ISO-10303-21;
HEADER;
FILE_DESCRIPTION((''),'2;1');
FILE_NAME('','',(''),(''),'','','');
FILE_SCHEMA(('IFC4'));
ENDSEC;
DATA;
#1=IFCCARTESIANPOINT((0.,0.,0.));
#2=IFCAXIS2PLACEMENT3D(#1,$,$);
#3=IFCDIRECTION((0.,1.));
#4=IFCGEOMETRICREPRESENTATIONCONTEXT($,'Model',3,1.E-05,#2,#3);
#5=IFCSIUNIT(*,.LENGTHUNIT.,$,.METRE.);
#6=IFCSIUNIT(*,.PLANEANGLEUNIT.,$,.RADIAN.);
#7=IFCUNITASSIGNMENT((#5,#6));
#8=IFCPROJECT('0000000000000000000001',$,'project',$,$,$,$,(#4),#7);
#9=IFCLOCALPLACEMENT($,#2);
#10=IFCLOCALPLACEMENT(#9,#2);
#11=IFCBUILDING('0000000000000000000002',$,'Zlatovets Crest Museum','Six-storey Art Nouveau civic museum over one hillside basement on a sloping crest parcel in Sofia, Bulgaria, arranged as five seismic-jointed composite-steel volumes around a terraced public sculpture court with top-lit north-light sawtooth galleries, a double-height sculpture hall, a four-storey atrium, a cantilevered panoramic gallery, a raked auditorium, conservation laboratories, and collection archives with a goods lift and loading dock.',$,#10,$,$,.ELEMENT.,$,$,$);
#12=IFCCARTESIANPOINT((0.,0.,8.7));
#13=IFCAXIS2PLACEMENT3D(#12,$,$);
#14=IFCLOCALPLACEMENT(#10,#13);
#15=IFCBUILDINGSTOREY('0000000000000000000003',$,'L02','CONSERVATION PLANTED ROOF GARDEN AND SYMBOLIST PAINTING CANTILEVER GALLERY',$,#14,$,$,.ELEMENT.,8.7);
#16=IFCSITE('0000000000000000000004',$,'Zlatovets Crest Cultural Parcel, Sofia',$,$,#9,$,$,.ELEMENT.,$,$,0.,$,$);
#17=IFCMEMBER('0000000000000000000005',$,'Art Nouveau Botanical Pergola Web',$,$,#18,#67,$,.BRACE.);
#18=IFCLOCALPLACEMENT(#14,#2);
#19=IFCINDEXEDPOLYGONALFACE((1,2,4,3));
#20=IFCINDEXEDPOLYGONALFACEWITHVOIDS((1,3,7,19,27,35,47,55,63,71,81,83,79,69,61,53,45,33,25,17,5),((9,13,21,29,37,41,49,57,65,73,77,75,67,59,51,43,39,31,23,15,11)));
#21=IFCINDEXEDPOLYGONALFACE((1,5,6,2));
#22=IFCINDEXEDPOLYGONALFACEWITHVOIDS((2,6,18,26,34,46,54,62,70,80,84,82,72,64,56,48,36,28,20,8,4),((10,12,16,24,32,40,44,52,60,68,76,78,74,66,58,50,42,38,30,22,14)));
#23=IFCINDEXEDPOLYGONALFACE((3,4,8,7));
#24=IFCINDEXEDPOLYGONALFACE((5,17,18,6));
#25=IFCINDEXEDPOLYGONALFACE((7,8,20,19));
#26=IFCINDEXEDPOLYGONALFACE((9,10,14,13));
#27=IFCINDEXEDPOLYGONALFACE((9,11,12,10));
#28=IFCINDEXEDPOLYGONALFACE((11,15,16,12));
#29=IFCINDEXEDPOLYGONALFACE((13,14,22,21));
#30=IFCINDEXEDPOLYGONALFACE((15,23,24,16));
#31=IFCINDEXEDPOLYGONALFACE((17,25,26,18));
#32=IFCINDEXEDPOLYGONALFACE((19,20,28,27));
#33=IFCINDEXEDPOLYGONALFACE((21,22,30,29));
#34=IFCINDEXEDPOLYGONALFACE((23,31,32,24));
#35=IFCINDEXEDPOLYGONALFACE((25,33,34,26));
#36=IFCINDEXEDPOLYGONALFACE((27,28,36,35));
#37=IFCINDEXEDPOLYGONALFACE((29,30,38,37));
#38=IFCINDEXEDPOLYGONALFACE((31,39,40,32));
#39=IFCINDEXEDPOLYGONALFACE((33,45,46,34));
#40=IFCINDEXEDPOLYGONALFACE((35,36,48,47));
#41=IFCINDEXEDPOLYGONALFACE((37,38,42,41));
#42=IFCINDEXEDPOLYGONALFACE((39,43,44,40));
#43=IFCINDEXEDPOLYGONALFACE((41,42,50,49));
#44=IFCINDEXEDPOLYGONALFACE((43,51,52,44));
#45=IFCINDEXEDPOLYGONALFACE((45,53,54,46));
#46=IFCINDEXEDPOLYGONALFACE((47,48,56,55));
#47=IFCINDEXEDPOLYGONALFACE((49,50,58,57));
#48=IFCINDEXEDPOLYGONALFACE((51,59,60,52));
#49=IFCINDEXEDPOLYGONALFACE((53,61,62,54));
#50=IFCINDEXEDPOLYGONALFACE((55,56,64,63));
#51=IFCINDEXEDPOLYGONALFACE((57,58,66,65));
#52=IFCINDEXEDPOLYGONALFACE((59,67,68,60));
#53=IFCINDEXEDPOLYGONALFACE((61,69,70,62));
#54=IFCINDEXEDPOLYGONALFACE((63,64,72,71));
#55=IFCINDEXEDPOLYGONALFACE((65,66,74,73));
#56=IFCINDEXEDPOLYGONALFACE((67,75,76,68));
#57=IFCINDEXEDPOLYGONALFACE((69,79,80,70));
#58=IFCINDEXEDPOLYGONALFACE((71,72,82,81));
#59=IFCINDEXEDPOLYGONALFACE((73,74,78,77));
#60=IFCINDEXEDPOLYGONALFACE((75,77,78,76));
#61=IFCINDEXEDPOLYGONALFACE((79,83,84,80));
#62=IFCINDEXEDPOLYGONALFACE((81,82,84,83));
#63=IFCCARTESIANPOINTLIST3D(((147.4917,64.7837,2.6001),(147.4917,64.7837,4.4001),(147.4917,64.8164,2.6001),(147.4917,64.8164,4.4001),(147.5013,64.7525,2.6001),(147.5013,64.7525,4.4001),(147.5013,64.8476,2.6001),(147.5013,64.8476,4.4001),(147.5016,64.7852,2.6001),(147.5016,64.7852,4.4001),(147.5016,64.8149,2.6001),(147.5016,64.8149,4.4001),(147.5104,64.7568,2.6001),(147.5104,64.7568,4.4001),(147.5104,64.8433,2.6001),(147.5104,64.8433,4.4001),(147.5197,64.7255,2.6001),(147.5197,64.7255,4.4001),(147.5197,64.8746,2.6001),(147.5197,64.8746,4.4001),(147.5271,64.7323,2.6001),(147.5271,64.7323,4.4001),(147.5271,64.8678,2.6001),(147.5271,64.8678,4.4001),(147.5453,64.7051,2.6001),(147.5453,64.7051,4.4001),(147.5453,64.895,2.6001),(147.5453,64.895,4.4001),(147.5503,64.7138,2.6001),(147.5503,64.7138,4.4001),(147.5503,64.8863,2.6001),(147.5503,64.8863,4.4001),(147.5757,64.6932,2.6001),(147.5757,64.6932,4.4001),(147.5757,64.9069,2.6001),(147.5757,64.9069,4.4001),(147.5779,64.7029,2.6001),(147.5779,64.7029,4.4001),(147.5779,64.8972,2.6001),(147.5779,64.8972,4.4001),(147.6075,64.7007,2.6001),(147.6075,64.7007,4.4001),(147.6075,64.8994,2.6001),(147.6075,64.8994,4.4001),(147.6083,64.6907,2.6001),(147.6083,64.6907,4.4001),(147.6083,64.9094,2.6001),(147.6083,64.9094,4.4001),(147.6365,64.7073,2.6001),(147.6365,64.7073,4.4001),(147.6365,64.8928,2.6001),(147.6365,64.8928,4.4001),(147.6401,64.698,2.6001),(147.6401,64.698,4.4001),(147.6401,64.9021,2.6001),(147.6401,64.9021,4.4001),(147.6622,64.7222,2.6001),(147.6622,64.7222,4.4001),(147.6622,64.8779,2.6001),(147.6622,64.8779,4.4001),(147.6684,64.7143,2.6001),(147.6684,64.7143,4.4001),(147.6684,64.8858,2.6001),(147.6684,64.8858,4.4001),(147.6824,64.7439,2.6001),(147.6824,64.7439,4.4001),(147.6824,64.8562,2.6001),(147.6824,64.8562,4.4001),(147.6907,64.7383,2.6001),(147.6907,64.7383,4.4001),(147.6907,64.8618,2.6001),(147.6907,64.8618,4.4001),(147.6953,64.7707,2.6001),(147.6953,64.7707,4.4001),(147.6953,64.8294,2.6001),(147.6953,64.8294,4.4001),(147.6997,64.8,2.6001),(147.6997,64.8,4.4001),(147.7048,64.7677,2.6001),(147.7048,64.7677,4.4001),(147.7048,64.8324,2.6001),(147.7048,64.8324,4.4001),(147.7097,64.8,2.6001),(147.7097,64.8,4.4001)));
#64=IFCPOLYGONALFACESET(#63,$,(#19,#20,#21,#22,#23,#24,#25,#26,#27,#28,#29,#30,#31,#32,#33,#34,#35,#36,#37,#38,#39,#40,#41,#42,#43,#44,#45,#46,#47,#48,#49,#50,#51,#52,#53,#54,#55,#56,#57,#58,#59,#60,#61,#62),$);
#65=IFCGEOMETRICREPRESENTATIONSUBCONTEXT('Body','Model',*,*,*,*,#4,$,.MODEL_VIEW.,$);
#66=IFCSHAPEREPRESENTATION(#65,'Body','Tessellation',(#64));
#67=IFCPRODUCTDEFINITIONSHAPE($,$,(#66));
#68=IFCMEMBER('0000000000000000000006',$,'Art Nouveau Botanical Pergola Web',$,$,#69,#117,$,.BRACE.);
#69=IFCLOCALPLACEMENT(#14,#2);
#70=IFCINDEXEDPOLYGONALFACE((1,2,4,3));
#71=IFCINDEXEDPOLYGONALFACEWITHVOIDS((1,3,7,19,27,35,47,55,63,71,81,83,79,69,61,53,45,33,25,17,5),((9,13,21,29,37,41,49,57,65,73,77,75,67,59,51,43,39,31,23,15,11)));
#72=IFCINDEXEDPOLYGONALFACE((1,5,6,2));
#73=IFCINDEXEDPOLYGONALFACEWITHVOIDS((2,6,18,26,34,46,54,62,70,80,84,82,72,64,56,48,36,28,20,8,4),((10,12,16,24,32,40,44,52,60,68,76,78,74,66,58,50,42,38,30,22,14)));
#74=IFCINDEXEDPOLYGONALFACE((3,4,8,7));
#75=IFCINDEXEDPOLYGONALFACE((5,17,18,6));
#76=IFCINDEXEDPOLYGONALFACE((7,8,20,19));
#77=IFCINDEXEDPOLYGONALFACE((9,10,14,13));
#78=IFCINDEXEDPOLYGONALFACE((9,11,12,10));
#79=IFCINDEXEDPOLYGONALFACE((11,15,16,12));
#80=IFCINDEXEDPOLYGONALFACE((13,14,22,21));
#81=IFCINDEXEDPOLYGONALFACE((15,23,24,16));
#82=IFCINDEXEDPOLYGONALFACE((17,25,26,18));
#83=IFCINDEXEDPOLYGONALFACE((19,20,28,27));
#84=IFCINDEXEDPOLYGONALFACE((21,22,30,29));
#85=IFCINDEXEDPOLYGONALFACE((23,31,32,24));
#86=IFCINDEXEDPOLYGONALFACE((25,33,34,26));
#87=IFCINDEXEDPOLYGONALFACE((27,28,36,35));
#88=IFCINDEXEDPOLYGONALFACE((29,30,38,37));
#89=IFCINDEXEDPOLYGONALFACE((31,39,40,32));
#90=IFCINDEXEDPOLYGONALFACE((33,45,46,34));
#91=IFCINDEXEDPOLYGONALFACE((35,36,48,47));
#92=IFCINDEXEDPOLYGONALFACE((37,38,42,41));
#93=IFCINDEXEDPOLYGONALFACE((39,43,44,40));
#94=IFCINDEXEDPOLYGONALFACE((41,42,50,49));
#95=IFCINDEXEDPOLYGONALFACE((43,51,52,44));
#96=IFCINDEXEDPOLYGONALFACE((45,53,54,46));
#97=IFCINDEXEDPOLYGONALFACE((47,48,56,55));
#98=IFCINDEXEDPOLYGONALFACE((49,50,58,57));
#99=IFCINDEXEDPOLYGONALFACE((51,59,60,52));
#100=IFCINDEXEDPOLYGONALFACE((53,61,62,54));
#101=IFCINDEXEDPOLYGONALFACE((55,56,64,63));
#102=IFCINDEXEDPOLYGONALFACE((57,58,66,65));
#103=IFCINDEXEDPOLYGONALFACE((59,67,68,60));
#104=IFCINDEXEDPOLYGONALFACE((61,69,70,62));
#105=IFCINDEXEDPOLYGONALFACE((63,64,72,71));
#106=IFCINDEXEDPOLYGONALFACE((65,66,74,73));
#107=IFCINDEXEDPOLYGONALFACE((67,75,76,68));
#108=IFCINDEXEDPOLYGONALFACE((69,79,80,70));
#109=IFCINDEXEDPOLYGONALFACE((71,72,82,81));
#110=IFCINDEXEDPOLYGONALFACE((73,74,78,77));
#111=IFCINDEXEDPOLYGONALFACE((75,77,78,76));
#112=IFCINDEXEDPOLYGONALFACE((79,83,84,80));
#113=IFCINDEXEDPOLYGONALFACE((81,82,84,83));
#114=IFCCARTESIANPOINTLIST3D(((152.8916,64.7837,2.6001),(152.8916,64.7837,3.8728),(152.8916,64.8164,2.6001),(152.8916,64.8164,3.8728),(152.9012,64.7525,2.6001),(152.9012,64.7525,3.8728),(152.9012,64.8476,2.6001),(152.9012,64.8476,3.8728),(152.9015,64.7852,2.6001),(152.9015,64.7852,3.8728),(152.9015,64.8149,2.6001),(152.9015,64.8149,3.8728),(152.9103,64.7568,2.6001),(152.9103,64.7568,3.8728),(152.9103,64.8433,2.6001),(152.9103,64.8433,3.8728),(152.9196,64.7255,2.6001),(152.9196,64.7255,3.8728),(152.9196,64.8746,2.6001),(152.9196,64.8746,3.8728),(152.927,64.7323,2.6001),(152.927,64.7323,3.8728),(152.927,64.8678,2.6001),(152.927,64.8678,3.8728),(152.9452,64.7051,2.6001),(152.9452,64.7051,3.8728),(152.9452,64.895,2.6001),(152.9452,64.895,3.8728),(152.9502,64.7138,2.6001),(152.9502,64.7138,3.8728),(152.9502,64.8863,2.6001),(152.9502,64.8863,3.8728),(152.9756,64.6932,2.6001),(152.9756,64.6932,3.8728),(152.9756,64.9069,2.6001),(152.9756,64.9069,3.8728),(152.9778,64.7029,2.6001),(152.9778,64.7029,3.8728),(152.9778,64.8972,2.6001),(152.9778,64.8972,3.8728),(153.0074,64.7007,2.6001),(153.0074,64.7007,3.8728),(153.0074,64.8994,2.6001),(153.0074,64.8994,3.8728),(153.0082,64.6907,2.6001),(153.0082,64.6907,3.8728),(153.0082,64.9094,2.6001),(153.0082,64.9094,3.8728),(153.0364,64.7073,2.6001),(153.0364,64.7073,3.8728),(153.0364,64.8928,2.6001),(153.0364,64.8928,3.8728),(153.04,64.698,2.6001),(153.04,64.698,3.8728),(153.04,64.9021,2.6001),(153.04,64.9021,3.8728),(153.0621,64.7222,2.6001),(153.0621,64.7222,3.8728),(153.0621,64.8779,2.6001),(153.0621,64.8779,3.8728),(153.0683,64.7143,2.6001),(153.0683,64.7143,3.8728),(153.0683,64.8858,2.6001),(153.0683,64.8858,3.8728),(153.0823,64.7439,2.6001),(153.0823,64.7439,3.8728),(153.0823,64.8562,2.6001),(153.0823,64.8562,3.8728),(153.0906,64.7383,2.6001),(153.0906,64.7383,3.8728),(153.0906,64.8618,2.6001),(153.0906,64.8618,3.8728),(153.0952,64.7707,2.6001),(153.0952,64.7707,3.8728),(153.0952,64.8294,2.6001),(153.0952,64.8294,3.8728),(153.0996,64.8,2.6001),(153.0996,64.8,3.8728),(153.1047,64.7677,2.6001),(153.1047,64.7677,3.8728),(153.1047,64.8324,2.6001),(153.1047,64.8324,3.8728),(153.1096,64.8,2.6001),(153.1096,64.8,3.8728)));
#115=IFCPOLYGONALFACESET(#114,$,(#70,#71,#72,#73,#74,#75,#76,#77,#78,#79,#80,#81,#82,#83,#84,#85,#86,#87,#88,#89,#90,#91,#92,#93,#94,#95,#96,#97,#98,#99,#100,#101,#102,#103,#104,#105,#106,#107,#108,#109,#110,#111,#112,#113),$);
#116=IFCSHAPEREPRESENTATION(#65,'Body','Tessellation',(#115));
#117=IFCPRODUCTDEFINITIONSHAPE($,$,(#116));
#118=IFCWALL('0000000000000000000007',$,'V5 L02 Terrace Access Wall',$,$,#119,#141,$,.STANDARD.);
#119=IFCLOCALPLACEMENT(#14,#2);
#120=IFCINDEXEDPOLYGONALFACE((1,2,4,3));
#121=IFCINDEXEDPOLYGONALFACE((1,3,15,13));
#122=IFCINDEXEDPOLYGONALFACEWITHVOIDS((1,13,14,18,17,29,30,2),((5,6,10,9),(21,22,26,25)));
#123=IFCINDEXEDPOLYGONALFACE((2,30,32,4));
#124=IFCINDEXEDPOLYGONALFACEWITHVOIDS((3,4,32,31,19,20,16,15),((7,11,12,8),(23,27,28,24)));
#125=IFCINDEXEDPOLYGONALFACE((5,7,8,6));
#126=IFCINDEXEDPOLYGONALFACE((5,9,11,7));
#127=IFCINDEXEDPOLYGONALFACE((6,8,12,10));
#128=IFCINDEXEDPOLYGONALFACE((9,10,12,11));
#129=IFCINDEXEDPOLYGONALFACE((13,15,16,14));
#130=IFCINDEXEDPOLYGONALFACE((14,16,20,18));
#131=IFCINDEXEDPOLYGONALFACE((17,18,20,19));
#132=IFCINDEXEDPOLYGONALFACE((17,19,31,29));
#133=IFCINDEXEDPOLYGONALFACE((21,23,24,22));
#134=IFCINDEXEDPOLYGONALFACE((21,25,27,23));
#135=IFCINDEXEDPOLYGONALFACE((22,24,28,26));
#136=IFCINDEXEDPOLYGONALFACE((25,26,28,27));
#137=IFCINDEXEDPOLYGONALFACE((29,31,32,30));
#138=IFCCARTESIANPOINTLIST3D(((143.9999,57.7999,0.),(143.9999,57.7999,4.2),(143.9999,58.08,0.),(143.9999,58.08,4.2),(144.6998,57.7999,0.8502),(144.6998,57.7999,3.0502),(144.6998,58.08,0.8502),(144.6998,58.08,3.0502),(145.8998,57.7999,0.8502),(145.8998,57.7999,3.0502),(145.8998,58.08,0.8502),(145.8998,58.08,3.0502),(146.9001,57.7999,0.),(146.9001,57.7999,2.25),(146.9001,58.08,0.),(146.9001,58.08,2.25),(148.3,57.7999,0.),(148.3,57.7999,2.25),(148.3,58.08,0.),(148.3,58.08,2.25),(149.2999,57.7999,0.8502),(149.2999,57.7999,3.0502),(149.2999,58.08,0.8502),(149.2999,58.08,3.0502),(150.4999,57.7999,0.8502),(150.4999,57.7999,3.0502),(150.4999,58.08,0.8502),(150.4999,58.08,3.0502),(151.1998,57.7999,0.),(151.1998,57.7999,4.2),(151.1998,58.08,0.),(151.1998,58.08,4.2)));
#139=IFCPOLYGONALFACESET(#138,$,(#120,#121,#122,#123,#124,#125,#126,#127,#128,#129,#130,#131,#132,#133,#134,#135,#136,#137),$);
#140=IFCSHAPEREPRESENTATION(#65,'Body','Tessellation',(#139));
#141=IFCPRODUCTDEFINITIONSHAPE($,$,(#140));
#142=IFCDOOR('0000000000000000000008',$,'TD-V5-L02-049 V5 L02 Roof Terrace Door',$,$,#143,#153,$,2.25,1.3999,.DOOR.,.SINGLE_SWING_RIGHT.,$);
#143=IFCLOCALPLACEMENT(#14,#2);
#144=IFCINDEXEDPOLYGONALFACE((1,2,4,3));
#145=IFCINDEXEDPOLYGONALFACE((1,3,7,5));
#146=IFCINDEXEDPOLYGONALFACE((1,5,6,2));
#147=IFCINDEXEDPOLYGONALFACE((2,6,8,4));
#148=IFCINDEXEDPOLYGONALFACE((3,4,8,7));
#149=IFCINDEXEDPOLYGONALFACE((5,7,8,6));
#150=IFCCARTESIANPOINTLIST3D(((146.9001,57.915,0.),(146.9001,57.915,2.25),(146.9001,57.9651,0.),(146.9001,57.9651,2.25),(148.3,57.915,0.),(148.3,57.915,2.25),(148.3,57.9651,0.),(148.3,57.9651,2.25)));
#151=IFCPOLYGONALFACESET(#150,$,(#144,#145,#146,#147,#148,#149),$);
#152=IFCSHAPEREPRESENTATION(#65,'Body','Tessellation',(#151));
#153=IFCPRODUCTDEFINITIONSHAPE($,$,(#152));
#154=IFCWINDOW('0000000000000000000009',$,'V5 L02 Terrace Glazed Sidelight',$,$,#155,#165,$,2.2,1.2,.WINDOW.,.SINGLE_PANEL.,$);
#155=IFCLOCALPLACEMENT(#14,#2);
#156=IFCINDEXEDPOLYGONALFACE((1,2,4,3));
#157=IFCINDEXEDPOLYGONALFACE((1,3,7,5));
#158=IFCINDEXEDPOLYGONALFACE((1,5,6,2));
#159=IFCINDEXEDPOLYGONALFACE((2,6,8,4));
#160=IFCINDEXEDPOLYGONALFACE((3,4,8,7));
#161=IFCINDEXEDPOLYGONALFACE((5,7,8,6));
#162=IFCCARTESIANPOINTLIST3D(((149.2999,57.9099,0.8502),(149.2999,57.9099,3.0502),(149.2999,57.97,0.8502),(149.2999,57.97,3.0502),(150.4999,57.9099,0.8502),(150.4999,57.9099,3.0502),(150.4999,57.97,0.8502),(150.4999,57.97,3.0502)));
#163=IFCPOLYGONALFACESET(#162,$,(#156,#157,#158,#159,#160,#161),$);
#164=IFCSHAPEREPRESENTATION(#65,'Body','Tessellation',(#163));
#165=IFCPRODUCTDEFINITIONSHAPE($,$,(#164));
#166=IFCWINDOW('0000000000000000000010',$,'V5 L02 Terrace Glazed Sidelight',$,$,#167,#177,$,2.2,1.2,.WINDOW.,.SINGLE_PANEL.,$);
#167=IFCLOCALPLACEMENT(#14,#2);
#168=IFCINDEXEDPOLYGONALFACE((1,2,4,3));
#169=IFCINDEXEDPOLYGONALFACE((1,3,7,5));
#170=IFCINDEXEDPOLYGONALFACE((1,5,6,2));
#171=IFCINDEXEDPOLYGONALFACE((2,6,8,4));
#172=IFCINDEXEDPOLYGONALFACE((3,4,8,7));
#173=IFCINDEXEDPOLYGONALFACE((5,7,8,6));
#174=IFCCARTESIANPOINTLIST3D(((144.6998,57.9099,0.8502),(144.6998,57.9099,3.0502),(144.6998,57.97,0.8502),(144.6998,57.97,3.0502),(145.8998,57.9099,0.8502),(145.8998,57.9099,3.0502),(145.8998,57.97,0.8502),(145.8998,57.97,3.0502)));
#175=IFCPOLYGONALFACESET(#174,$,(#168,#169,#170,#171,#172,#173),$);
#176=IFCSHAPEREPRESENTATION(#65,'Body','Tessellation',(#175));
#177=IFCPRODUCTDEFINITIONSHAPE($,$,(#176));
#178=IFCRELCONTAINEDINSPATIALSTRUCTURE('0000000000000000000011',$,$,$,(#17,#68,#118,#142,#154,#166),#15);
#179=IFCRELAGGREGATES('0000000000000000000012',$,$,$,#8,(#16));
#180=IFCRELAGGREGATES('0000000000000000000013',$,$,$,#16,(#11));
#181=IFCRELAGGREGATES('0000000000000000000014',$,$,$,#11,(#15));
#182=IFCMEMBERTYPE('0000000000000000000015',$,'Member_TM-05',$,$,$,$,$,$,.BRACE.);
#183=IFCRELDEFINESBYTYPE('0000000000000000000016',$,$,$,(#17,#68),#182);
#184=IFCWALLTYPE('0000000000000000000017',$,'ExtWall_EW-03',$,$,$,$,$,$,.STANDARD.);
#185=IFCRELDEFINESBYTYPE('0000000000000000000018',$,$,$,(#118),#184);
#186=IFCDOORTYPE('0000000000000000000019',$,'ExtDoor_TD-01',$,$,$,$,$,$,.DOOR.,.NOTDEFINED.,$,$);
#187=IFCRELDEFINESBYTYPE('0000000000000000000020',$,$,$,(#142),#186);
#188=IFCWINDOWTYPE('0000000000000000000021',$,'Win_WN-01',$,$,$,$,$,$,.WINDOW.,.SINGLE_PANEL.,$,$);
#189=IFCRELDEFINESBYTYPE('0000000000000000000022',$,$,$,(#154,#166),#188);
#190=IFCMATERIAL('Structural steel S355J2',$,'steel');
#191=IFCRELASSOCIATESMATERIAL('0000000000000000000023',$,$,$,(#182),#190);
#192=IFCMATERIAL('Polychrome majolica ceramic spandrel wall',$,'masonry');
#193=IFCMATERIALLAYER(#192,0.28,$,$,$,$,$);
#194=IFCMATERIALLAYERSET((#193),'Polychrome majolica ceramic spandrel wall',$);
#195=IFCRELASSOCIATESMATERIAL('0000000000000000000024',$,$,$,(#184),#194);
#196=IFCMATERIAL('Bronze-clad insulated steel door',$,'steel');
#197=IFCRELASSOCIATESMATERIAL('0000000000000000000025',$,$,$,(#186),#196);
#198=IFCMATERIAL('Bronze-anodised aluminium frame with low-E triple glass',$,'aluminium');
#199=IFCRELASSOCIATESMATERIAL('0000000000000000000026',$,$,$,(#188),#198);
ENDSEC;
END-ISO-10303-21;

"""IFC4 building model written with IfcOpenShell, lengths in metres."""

from ifc_helpers import new_model, si_unit, direction, frame, frame_2d, origin, origin_2d, place, context, subcontext, project, spatial, rectangle, hollow_circle, extrude, material, layer, layer_set, material_profile, profile_set, type_object, element, fill, save


model = new_model("IFC4")

# Units and contexts
model_context = context("Model", 3, precision=1e-05, world=origin(), true_north=direction((0.0, 1.0)))
body_context = subcontext(model_context, "Body", "Model", "MODEL_VIEW")
ifc_project = project(units=[si_unit("LENGTHUNIT", "METRE"), si_unit("PLANEANGLEUNIT", "RADIAN")], contexts=[model_context])

# Site, building, storey
site_placement = place(None, origin())
site = spatial("IfcSite", under=ifc_project, at=site_placement, Name="Zlatovets Crest Cultural Parcel, Sofia", CompositionType="ELEMENT", RefElevation=0.0)
building_placement = place(site_placement, origin())
building = spatial("IfcBuilding", under=site, at=building_placement, Name="Zlatovets Crest Museum", Description="Six-storey Art Nouveau civic museum over one hillside basement on a sloping crest parcel in Sofia, Bulgaria, arranged as five seismic-jointed composite-steel volumes around a terraced public sculpture court with top-lit north-light sawtooth galleries, a double-height sculpture hall, a four-storey atrium, a cantilevered panoramic gallery, a raked auditorium, conservation laboratories, and collection archives with a goods lift and loading dock.", CompositionType="ELEMENT")
storey_placement = place(building_placement, frame((0.0, 0.0, 8.7)))
storey = spatial("IfcBuildingStorey", under=building, at=storey_placement, Name="L02", Description="CONSERVATION PLANTED ROOF GARDEN AND SYMBOLIST PAINTING CANTILEVER GALLERY", CompositionType="ELEMENT", Elevation=8.7)

# Shared definitions
ifc_material_1 = material(Name="Structural steel S355J2", Category="steel")

# Members
ifc_material_profile_1 = material_profile(ifc_material_1, hollow_circle(Radius=0.1096, WallThickness=0.01, at=origin_2d()), Name="CHS 219.1x10.0")
ifc_profile_set_1 = profile_set([ifc_material_profile_1], Name="Structural steel S355J2")
member_type_1 = type_object("IfcMemberType", Name="Member_TM-05", PredefinedType="BRACE", material=ifc_profile_set_1)
member_1_placement = place(storey_placement, frame((147.6001, 64.8, 2.6001), z_axis=(0.0, 0.0, 1.0), x_axis=(1.0, 0.0, 0.0)))
element("IfcMember", 1, at=member_1_placement, inside=storey, type_object=member_type_1, Name="Art Nouveau Botanical Pergola Web", PredefinedType="BRACE", context=body_context, shape_type="SweptSolid", body=[
    extrude(hollow_circle(Radius=0.1096, WallThickness=0.01, at=origin_2d()), origin(), (0.0, 0.0, 1.0), 1.8),
])
member_2_placement = place(storey_placement, frame((153.0, 64.8, 2.6001), z_axis=(0.0, 0.0, 1.0), x_axis=(1.0, 0.0, 0.0)))
element("IfcMember", 2, at=member_2_placement, inside=storey, type_object=member_type_1, Name="Art Nouveau Botanical Pergola Web", PredefinedType="BRACE", context=body_context, shape_type="SweptSolid", body=[
    extrude(hollow_circle(Radius=0.1096, WallThickness=0.01, at=origin_2d()), origin(), (0.0, 0.0, 1.0), 1.2727),
])

# Wall, openings, door, windows
ifc_material_2 = material(Name="Polychrome majolica ceramic spandrel wall", Category="masonry")
ifc_layer = layer(ifc_material_2, 0.28)
ifc_layer_set = layer_set([ifc_layer], Name="Polychrome majolica ceramic spandrel wall")
wall_type = type_object("IfcWallType", Name="ExtWall_EW-03", PredefinedType="STANDARD", material=ifc_layer_set)
wall_1_placement = place(storey_placement, frame((151.2, 57.9399, 0.0), z_axis=(0.0, 0.0, 1.0), x_axis=(-1.0, 0.0, 0.0)))
wall_1 = element("IfcWall", 3, at=wall_1_placement, inside=storey, type_object=wall_type, Name="V5 L02 Terrace Access Wall", PredefinedType="STANDARD", context=body_context, shape_type="SweptSolid", body=[
    extrude(rectangle(XDim=7.2, YDim=0.28, at=frame_2d((3.6001, 0.0))), origin(), (0.0, 0.0, 1.0), 4.2),
])
opening_1_placement = place(wall_1_placement, frame((2.8999, 0.0, 0.0)))
opening_1 = element("IfcOpeningElement", 4, at=opening_1_placement, cuts=wall_1, PredefinedType="OPENING", context=body_context, shape_type="SweptSolid", body=[
    extrude(rectangle(XDim=1.3999, YDim=2.25, at=frame_2d((0.7, 1.125))), frame((0.0, 0.1499, 0.0), z_axis=(0.0, -1.0, 0.0), x_axis=(1.0, 0.0, 0.0)), (0.0, 0.0, 1.0), 0.3),
])
opening_2_placement = place(wall_1_placement, frame((0.7, 0.0, 0.8501)))
opening_2 = element("IfcOpeningElement", 5, at=opening_2_placement, cuts=wall_1, PredefinedType="OPENING", context=body_context, shape_type="SweptSolid", body=[
    extrude(rectangle(XDim=1.2, YDim=2.2, at=frame_2d((0.6001, 1.1001))), frame((0.0, 0.1499, 0.0), z_axis=(0.0, -1.0, 0.0), x_axis=(1.0, 0.0, 0.0)), (0.0, 0.0, 1.0), 0.3),
])
opening_3_placement = place(wall_1_placement, frame((5.3, 0.0, 0.8501)))
opening_3 = element("IfcOpeningElement", 6, at=opening_3_placement, cuts=wall_1, PredefinedType="OPENING", context=body_context, shape_type="SweptSolid", body=[
    extrude(rectangle(XDim=1.2, YDim=2.2, at=frame_2d((0.6001, 1.1001))), frame((0.0, 0.1499, 0.0), z_axis=(0.0, -1.0, 0.0), x_axis=(1.0, 0.0, 0.0)), (0.0, 0.0, 1.0), 0.3),
])
ifc_material_3 = material(Name="Bronze-clad insulated steel door", Category="steel")
door_type = type_object("IfcDoorType", Name="ExtDoor_TD-01", OperationType="NOTDEFINED", PredefinedType="DOOR", material=ifc_material_3)
door_1_placement = place(opening_1_placement, origin())
door_1 = element("IfcDoor", 7, at=door_1_placement, inside=storey, type_object=door_type, Name="TD-V5-L02-049 V5 L02 Roof Terrace Door", OperationType="SINGLE_SWING_RIGHT", OverallHeight=2.25, OverallWidth=1.3999, PredefinedType="DOOR", context=body_context, shape_type="SweptSolid", body=[
    extrude(rectangle(XDim=1.3999, YDim=2.25, at=frame_2d((0.7, 1.125))), frame((0.0, 0.0249, 0.0), z_axis=(0.0, -1.0, 0.0), x_axis=(1.0, 0.0, 0.0)), (0.0, 0.0, 1.0), 0.05),
])
fill(opening_1, door_1)
ifc_material_4 = material(Name="Bronze-anodised aluminium frame with low-E triple glass", Category="aluminium")
window_type = type_object("IfcWindowType", Name="Win_WN-01", PartitioningType="SINGLE_PANEL", PredefinedType="WINDOW", material=ifc_material_4)
window_1_placement = place(opening_2_placement, origin())
window_1 = element("IfcWindow", 8, at=window_1_placement, inside=storey, type_object=window_type, Name="V5 L02 Terrace Glazed Sidelight", OverallHeight=2.2, OverallWidth=1.2, PartitioningType="SINGLE_PANEL", PredefinedType="WINDOW", context=body_context, shape_type="SweptSolid", body=[
    extrude(rectangle(XDim=1.2, YDim=2.2, at=frame_2d((0.6001, 1.1001))), frame((0.0, 0.03, 0.0), z_axis=(0.0, -1.0, 0.0), x_axis=(1.0, 0.0, 0.0)), (0.0, 0.0, 1.0), 0.0601),
])
fill(opening_2, window_1)
window_2_placement = place(opening_3_placement, origin())
window_2 = element("IfcWindow", 9, at=window_2_placement, inside=storey, type_object=window_type, Name="V5 L02 Terrace Glazed Sidelight", OverallHeight=2.2, OverallWidth=1.2, PartitioningType="SINGLE_PANEL", PredefinedType="WINDOW", context=body_context, shape_type="SweptSolid", body=[
    extrude(rectangle(XDim=1.2, YDim=2.2, at=frame_2d((0.6001, 1.1001))), frame((0.0, 0.03, 0.0), z_axis=(0.0, -1.0, 0.0), x_axis=(1.0, 0.0, 0.0)), (0.0, 0.0, 1.0), 0.0601),
])
fill(opening_3, window_2)

save(model, "model.ifc")
